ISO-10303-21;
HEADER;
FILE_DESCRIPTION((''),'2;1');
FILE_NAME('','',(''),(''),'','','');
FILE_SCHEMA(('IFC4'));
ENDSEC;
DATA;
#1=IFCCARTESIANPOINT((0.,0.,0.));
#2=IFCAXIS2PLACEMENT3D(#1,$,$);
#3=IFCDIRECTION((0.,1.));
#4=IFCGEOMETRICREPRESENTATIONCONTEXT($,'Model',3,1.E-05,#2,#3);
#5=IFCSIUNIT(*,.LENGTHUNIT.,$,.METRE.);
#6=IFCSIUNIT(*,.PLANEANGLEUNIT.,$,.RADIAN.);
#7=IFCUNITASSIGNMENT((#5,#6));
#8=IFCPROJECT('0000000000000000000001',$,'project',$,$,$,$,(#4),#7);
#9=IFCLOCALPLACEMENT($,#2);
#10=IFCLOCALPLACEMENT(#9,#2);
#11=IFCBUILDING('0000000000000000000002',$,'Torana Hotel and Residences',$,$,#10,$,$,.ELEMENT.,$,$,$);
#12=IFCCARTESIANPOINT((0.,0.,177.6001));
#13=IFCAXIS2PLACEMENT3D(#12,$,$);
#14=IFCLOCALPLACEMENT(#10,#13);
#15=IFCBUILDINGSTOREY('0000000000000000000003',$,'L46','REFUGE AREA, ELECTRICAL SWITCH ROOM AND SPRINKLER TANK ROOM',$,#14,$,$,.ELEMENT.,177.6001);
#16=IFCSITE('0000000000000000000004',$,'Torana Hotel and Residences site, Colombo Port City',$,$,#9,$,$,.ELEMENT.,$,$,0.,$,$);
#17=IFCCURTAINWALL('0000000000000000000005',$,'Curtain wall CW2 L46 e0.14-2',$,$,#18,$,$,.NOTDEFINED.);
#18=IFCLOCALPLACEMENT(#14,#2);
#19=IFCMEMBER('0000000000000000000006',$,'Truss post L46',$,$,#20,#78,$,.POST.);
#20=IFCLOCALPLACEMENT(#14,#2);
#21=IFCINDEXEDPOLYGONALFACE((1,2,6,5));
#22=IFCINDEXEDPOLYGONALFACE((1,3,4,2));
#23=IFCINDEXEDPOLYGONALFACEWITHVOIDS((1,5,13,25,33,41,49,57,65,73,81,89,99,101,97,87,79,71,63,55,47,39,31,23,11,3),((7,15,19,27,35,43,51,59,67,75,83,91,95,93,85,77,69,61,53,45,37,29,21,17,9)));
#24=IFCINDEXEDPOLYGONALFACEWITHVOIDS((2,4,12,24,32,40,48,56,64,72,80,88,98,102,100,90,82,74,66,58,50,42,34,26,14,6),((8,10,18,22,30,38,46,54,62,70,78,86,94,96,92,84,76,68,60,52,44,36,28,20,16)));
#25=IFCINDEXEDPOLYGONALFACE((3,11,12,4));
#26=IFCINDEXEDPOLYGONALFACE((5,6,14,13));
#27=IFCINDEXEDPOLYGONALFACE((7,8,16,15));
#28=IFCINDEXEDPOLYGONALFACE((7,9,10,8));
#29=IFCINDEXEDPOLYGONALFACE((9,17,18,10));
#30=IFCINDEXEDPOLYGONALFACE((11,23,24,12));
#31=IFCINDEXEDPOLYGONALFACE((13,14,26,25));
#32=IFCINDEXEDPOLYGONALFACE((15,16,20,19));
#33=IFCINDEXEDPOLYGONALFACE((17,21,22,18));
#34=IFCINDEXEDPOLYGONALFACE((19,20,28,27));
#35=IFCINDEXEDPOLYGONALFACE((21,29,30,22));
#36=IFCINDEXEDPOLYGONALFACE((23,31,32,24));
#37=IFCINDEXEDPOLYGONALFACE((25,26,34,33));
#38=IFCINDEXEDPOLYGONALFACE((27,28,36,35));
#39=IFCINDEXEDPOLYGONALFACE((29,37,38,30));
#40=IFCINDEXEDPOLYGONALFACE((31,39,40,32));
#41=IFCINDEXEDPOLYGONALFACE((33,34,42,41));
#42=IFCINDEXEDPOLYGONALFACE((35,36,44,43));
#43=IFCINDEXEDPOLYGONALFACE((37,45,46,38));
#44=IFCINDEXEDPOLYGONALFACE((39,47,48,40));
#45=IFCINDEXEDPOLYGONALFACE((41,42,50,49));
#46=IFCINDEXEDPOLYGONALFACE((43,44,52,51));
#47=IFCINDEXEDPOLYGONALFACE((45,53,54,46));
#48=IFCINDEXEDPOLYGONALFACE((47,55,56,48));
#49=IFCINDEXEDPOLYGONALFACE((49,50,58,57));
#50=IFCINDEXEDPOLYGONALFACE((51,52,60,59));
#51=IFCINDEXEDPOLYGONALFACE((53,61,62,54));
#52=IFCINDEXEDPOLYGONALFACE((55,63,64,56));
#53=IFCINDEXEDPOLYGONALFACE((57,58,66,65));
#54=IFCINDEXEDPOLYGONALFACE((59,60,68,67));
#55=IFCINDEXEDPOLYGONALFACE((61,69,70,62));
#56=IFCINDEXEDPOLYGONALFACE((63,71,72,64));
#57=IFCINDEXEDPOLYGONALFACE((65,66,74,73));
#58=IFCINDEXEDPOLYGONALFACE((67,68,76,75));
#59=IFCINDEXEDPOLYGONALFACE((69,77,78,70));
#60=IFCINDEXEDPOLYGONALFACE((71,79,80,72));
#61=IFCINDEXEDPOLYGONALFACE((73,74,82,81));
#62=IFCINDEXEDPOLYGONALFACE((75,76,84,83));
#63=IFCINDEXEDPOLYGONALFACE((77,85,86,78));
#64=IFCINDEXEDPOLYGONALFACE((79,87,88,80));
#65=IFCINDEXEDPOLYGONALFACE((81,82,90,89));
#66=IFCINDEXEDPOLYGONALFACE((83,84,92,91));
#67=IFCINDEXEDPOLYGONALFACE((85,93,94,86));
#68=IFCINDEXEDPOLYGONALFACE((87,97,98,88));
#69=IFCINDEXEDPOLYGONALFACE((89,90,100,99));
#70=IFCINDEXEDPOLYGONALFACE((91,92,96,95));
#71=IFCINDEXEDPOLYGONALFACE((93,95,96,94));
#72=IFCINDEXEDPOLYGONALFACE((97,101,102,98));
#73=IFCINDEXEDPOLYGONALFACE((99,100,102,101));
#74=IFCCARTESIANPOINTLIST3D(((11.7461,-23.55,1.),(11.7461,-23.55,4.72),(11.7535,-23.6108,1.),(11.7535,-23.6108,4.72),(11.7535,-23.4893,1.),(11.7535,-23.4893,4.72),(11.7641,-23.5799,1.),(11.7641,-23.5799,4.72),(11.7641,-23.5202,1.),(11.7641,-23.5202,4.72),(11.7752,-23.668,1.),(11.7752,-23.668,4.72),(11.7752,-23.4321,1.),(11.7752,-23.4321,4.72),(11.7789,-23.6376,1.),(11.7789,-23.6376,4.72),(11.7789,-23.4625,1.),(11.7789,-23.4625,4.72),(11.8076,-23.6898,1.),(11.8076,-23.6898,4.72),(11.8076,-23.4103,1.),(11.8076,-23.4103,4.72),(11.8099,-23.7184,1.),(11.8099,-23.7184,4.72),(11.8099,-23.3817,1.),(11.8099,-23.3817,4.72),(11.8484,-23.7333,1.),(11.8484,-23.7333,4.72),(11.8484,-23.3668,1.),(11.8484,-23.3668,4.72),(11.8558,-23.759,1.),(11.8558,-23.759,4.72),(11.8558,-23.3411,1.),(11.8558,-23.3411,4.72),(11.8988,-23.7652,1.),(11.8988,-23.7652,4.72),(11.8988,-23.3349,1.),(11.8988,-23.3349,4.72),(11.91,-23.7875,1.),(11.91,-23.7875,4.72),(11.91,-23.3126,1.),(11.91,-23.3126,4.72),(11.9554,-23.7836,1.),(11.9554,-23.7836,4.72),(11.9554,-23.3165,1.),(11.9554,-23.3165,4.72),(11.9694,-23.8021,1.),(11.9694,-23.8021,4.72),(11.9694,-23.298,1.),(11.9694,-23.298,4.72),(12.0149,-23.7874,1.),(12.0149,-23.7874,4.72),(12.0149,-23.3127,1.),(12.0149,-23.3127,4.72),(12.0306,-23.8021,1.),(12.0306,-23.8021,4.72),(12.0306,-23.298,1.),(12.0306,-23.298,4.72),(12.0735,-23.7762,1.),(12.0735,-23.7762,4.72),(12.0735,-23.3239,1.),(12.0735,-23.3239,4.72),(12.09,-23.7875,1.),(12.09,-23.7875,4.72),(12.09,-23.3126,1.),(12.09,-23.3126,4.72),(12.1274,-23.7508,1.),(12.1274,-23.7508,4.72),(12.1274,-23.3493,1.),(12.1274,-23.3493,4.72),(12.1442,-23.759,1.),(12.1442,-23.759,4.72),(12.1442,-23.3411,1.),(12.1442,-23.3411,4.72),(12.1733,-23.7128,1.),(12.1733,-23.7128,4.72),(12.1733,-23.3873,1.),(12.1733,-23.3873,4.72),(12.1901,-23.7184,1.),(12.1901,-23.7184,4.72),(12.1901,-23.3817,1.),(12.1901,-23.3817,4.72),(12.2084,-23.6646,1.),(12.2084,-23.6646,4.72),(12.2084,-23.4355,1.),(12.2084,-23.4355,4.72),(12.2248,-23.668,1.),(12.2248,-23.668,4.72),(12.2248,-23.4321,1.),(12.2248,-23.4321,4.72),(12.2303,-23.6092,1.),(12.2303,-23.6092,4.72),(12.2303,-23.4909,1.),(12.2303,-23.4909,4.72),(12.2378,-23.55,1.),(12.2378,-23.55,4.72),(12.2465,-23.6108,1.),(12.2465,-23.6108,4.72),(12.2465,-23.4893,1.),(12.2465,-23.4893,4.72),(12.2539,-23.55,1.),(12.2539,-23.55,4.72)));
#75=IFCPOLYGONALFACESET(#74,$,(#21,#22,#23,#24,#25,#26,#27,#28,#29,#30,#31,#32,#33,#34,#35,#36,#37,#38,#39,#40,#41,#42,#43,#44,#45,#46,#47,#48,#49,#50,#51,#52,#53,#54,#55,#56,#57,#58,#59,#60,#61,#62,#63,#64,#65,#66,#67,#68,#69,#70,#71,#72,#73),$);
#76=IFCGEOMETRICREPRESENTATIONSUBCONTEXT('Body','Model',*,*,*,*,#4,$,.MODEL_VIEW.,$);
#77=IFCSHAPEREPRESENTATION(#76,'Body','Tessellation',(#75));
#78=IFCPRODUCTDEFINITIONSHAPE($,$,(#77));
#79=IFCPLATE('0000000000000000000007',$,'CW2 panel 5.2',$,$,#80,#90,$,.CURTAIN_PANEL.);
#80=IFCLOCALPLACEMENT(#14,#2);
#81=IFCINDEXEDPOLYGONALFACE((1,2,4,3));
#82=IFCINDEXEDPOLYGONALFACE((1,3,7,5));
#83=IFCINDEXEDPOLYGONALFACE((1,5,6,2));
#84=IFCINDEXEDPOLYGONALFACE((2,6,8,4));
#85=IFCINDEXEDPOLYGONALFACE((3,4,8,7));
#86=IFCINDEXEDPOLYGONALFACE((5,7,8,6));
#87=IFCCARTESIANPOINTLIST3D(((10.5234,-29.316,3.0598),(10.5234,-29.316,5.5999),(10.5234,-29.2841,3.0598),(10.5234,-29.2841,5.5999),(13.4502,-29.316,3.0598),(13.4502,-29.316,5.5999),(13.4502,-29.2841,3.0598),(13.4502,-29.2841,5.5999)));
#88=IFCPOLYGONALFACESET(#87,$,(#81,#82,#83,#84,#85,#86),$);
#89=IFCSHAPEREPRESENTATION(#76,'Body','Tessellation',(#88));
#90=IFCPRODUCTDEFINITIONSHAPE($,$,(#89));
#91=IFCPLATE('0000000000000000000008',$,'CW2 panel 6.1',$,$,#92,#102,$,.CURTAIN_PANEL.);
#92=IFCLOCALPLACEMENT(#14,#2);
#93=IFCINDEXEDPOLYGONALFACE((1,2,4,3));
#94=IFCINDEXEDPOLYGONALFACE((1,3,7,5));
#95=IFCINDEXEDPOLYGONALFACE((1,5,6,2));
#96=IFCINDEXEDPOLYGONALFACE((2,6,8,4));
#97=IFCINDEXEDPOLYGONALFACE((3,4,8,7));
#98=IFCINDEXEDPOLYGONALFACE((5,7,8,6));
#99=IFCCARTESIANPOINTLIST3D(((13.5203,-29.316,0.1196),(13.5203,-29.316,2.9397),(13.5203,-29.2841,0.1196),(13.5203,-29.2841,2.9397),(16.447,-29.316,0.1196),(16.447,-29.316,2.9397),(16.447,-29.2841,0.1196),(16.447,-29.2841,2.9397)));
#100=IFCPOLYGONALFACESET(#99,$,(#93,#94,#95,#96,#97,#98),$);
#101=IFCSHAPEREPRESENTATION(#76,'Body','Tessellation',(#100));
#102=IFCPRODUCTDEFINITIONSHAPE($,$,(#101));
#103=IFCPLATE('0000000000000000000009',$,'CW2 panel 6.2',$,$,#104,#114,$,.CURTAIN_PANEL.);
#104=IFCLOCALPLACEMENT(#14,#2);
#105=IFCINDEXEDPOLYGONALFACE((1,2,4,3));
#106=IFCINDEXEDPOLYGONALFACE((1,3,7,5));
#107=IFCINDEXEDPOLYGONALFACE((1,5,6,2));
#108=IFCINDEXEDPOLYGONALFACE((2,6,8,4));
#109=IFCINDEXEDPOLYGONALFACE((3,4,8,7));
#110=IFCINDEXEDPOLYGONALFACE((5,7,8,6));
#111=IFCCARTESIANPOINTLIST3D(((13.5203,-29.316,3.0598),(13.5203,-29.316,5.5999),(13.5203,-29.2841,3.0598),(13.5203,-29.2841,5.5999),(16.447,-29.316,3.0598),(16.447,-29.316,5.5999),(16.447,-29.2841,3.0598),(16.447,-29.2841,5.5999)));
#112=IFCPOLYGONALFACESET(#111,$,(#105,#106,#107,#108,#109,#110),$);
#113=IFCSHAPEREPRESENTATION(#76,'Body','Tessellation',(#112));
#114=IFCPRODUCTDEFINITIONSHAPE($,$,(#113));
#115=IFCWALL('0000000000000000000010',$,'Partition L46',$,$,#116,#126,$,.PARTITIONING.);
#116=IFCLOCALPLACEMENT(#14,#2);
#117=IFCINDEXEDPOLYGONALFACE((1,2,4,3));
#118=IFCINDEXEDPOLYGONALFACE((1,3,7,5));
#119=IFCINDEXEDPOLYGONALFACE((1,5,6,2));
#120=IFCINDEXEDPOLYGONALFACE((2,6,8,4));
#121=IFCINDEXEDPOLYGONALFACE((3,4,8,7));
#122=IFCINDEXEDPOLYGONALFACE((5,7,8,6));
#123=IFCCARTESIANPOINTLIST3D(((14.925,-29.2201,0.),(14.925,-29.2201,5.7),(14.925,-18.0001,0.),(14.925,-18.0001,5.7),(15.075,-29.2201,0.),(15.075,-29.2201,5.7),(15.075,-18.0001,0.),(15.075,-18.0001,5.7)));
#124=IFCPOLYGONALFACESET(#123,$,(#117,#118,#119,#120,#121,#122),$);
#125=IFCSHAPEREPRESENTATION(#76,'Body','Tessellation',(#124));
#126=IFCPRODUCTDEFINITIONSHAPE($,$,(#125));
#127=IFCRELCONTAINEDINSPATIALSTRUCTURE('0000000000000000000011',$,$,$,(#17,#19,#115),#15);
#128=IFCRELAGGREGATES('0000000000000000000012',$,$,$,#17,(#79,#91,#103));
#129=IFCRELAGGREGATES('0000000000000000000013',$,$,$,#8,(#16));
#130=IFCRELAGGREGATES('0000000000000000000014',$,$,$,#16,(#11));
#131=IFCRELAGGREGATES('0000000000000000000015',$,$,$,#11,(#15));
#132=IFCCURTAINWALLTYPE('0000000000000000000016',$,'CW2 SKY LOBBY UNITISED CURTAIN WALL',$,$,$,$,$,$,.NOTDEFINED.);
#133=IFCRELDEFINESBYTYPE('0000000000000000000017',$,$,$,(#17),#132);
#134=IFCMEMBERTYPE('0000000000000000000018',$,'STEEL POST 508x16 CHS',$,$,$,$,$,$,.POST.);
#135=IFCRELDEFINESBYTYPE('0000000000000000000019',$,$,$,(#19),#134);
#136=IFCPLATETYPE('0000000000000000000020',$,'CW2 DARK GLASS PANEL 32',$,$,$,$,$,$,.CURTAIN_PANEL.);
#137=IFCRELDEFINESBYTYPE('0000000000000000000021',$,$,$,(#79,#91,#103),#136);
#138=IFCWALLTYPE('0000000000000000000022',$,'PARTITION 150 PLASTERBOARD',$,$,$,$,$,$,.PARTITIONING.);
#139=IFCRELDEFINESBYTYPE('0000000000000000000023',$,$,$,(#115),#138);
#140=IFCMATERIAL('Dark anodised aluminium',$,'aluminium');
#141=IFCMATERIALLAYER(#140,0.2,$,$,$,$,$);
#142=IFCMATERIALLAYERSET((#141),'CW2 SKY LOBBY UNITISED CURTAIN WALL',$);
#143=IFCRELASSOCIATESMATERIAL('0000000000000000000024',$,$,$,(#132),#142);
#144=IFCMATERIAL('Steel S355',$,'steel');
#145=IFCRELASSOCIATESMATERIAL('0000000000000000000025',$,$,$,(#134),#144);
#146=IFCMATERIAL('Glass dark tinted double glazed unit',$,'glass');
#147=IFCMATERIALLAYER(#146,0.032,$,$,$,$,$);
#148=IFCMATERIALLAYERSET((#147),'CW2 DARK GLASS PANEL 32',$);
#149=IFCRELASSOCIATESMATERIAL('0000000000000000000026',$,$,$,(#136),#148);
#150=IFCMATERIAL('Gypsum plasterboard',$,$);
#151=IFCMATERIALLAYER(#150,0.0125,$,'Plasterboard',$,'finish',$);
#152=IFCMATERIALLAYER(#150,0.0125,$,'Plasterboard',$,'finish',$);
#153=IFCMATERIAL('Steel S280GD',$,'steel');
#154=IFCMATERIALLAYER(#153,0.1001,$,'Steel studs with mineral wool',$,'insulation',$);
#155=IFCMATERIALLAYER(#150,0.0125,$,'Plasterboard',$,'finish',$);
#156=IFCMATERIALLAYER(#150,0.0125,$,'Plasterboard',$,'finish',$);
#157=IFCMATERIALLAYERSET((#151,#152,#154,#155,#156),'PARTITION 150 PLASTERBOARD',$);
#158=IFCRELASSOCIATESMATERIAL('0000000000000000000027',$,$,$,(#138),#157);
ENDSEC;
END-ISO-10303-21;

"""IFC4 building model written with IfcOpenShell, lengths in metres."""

from ifc_helpers import new_model, si_unit, direction, frame, frame_2d, origin, origin_2d, place, context, subcontext, project, spatial, rectangle, hollow_circle, extrude, material, layer, layer_set, material_profile, profile_set, type_object, element, aggregate, save


model = new_model("IFC4")

# Units and contexts
model_context = context("Model", 3, precision=1e-05, world=origin(), true_north=direction((0.0, 1.0)))
body_context = subcontext(model_context, "Body", "Model", "MODEL_VIEW")
ifc_project = project(units=[si_unit("LENGTHUNIT", "METRE"), si_unit("PLANEANGLEUNIT", "RADIAN")], contexts=[model_context])

# Site, building, storey
site_placement = place(None, origin())
site = spatial("IfcSite", under=ifc_project, at=site_placement, Name="Torana Hotel and Residences site, Colombo Port City", CompositionType="ELEMENT", RefElevation=0.0)
building_placement = place(site_placement, origin())
building = spatial("IfcBuilding", under=site, at=building_placement, Name="Torana Hotel and Residences", CompositionType="ELEMENT")
storey_placement = place(building_placement, frame((0.0, 0.0, 177.6001)))
storey = spatial("IfcBuildingStorey", under=building, at=storey_placement, Name="L46", Description="REFUGE AREA, ELECTRICAL SWITCH ROOM AND SPRINKLER TANK ROOM", CompositionType="ELEMENT", Elevation=177.6001)

# Curtain wall
ifc_material_1 = material(Name="Dark anodised aluminium", Category="aluminium")
ifc_layer_1 = layer(ifc_material_1, 0.2)
ifc_layer_set_1 = layer_set([ifc_layer_1], Name="CW2 SKY LOBBY UNITISED CURTAIN WALL")
curtain_wall_type = type_object("IfcCurtainWallType", Name="CW2 SKY LOBBY UNITISED CURTAIN WALL", PredefinedType="NOTDEFINED", material=ifc_layer_set_1)
curtain_wall_placement = place(storey_placement, origin())
curtain_wall = element("IfcCurtainWall", 1, at=curtain_wall_placement, inside=storey, type_object=curtain_wall_type, Name="Curtain wall CW2 L46 e0.14-2", PredefinedType="NOTDEFINED")

# Member
ifc_material_2 = material(Name="Steel S355", Category="steel")
ifc_material_profile_1 = material_profile(ifc_material_2, hollow_circle(Radius=0.2539, WallThickness=0.0161, at=origin_2d()), Name="508x16 CHS")
ifc_profile_set_1 = profile_set([ifc_material_profile_1], Name="Steel S355")
member_type_1 = type_object("IfcMemberType", Name="STEEL POST 508x16 CHS", PredefinedType="POST", material=ifc_profile_set_1)
for number, where, z_axis, x_axis, name in (
    (2, (12.0, -23.55, 1.0), (0.0, 0.0, 1.0), (1.0, 0.0, 0.0), "Truss post L46"),
):
    element("IfcMember", number, at=place(storey_placement, frame(where, z_axis=z_axis, x_axis=x_axis)), inside=storey, type_object=member_type_1, Name=name, PredefinedType="POST", context=body_context, shape_type="SweptSolid", body=[
        extrude(hollow_circle(Radius=0.2539, WallThickness=0.0161, at=origin_2d()), origin(), (0.0, 0.0, 1.0), 3.72),
    ])

# Plates
ifc_material_3 = material(Name="Glass dark tinted double glazed unit", Category="glass")
ifc_layer_2 = layer(ifc_material_3, 0.032)
ifc_layer_set_2 = layer_set([ifc_layer_2], Name="CW2 DARK GLASS PANEL 32")
plate_type = type_object("IfcPlateType", Name="CW2 DARK GLASS PANEL 32", PredefinedType="CURTAIN_PANEL", material=ifc_layer_set_2)
plate_1_placement = place(storey_placement, frame((11.9868, -29.3, 3.0598), z_axis=(0.0, 0.0, 1.0), x_axis=(1.0, 0.0, 0.0)))
plate_1 = element("IfcPlate", 3, at=plate_1_placement, type_object=plate_type, Name="CW2 panel 5.2", PredefinedType="CURTAIN_PANEL", context=body_context, shape_type="SweptSolid", body=[
    extrude(rectangle(XDim=2.9268, YDim=0.032, at=origin_2d()), origin(), (0.0, 0.0, 1.0), 2.54),
])
plate_2_placement = place(storey_placement, frame((14.9836, -29.3, 0.1196), z_axis=(0.0, 0.0, 1.0), x_axis=(1.0, 0.0, 0.0)))
plate_2 = element("IfcPlate", 4, at=plate_2_placement, type_object=plate_type, Name="CW2 panel 6.1", PredefinedType="CURTAIN_PANEL", context=body_context, shape_type="SweptSolid", body=[
    extrude(rectangle(XDim=2.9268, YDim=0.032, at=origin_2d()), origin(), (0.0, 0.0, 1.0), 2.8201),
])
plate_3_placement = place(storey_placement, frame((14.9836, -29.3, 3.0598), z_axis=(0.0, 0.0, 1.0), x_axis=(1.0, 0.0, 0.0)))
plate_3 = element("IfcPlate", 5, at=plate_3_placement, type_object=plate_type, Name="CW2 panel 6.2", PredefinedType="CURTAIN_PANEL", context=body_context, shape_type="SweptSolid", body=[
    extrude(rectangle(XDim=2.9268, YDim=0.032, at=origin_2d()), origin(), (0.0, 0.0, 1.0), 2.54),
])
aggregate(curtain_wall, [plate_1, plate_2, plate_3])

# Wall
ifc_material_4 = material(Name="Gypsum plasterboard")
ifc_layer_3 = layer(ifc_material_4, 0.0125, Name="Plasterboard", Category="finish")
ifc_layer_4 = layer(ifc_material_4, 0.0125, Name="Plasterboard", Category="finish")
ifc_material_5 = material(Name="Steel S280GD", Category="steel")
ifc_layer_5 = layer(ifc_material_5, 0.1001, Name="Steel studs with mineral wool", Category="insulation")
ifc_layer_6 = layer(ifc_material_4, 0.0125, Name="Plasterboard", Category="finish")
ifc_layer_7 = layer(ifc_material_4, 0.0125, Name="Plasterboard", Category="finish")
ifc_layer_set_3 = layer_set([ifc_layer_3, ifc_layer_4, ifc_layer_5, ifc_layer_6, ifc_layer_7], Name="PARTITION 150 PLASTERBOARD")
wall_type = type_object("IfcWallType", Name="PARTITION 150 PLASTERBOARD", PredefinedType="PARTITIONING", material=ifc_layer_set_3)
wall_placement = place(storey_placement, frame((15.0, -29.22, 0.0), z_axis=(0.0, 0.0, 1.0), x_axis=(0.0, 1.0, 0.0)))
element("IfcWall", 6, at=wall_placement, inside=storey, type_object=wall_type, Name="Partition L46", PredefinedType="PARTITIONING", context=body_context, shape_type="SweptSolid", body=[
    extrude(rectangle(XDim=11.22, YDim=0.1499, at=frame_2d((5.6099, 0.0))), origin(), (0.0, 0.0, 1.0), 5.7),
])

save(model, "model.ifc")
